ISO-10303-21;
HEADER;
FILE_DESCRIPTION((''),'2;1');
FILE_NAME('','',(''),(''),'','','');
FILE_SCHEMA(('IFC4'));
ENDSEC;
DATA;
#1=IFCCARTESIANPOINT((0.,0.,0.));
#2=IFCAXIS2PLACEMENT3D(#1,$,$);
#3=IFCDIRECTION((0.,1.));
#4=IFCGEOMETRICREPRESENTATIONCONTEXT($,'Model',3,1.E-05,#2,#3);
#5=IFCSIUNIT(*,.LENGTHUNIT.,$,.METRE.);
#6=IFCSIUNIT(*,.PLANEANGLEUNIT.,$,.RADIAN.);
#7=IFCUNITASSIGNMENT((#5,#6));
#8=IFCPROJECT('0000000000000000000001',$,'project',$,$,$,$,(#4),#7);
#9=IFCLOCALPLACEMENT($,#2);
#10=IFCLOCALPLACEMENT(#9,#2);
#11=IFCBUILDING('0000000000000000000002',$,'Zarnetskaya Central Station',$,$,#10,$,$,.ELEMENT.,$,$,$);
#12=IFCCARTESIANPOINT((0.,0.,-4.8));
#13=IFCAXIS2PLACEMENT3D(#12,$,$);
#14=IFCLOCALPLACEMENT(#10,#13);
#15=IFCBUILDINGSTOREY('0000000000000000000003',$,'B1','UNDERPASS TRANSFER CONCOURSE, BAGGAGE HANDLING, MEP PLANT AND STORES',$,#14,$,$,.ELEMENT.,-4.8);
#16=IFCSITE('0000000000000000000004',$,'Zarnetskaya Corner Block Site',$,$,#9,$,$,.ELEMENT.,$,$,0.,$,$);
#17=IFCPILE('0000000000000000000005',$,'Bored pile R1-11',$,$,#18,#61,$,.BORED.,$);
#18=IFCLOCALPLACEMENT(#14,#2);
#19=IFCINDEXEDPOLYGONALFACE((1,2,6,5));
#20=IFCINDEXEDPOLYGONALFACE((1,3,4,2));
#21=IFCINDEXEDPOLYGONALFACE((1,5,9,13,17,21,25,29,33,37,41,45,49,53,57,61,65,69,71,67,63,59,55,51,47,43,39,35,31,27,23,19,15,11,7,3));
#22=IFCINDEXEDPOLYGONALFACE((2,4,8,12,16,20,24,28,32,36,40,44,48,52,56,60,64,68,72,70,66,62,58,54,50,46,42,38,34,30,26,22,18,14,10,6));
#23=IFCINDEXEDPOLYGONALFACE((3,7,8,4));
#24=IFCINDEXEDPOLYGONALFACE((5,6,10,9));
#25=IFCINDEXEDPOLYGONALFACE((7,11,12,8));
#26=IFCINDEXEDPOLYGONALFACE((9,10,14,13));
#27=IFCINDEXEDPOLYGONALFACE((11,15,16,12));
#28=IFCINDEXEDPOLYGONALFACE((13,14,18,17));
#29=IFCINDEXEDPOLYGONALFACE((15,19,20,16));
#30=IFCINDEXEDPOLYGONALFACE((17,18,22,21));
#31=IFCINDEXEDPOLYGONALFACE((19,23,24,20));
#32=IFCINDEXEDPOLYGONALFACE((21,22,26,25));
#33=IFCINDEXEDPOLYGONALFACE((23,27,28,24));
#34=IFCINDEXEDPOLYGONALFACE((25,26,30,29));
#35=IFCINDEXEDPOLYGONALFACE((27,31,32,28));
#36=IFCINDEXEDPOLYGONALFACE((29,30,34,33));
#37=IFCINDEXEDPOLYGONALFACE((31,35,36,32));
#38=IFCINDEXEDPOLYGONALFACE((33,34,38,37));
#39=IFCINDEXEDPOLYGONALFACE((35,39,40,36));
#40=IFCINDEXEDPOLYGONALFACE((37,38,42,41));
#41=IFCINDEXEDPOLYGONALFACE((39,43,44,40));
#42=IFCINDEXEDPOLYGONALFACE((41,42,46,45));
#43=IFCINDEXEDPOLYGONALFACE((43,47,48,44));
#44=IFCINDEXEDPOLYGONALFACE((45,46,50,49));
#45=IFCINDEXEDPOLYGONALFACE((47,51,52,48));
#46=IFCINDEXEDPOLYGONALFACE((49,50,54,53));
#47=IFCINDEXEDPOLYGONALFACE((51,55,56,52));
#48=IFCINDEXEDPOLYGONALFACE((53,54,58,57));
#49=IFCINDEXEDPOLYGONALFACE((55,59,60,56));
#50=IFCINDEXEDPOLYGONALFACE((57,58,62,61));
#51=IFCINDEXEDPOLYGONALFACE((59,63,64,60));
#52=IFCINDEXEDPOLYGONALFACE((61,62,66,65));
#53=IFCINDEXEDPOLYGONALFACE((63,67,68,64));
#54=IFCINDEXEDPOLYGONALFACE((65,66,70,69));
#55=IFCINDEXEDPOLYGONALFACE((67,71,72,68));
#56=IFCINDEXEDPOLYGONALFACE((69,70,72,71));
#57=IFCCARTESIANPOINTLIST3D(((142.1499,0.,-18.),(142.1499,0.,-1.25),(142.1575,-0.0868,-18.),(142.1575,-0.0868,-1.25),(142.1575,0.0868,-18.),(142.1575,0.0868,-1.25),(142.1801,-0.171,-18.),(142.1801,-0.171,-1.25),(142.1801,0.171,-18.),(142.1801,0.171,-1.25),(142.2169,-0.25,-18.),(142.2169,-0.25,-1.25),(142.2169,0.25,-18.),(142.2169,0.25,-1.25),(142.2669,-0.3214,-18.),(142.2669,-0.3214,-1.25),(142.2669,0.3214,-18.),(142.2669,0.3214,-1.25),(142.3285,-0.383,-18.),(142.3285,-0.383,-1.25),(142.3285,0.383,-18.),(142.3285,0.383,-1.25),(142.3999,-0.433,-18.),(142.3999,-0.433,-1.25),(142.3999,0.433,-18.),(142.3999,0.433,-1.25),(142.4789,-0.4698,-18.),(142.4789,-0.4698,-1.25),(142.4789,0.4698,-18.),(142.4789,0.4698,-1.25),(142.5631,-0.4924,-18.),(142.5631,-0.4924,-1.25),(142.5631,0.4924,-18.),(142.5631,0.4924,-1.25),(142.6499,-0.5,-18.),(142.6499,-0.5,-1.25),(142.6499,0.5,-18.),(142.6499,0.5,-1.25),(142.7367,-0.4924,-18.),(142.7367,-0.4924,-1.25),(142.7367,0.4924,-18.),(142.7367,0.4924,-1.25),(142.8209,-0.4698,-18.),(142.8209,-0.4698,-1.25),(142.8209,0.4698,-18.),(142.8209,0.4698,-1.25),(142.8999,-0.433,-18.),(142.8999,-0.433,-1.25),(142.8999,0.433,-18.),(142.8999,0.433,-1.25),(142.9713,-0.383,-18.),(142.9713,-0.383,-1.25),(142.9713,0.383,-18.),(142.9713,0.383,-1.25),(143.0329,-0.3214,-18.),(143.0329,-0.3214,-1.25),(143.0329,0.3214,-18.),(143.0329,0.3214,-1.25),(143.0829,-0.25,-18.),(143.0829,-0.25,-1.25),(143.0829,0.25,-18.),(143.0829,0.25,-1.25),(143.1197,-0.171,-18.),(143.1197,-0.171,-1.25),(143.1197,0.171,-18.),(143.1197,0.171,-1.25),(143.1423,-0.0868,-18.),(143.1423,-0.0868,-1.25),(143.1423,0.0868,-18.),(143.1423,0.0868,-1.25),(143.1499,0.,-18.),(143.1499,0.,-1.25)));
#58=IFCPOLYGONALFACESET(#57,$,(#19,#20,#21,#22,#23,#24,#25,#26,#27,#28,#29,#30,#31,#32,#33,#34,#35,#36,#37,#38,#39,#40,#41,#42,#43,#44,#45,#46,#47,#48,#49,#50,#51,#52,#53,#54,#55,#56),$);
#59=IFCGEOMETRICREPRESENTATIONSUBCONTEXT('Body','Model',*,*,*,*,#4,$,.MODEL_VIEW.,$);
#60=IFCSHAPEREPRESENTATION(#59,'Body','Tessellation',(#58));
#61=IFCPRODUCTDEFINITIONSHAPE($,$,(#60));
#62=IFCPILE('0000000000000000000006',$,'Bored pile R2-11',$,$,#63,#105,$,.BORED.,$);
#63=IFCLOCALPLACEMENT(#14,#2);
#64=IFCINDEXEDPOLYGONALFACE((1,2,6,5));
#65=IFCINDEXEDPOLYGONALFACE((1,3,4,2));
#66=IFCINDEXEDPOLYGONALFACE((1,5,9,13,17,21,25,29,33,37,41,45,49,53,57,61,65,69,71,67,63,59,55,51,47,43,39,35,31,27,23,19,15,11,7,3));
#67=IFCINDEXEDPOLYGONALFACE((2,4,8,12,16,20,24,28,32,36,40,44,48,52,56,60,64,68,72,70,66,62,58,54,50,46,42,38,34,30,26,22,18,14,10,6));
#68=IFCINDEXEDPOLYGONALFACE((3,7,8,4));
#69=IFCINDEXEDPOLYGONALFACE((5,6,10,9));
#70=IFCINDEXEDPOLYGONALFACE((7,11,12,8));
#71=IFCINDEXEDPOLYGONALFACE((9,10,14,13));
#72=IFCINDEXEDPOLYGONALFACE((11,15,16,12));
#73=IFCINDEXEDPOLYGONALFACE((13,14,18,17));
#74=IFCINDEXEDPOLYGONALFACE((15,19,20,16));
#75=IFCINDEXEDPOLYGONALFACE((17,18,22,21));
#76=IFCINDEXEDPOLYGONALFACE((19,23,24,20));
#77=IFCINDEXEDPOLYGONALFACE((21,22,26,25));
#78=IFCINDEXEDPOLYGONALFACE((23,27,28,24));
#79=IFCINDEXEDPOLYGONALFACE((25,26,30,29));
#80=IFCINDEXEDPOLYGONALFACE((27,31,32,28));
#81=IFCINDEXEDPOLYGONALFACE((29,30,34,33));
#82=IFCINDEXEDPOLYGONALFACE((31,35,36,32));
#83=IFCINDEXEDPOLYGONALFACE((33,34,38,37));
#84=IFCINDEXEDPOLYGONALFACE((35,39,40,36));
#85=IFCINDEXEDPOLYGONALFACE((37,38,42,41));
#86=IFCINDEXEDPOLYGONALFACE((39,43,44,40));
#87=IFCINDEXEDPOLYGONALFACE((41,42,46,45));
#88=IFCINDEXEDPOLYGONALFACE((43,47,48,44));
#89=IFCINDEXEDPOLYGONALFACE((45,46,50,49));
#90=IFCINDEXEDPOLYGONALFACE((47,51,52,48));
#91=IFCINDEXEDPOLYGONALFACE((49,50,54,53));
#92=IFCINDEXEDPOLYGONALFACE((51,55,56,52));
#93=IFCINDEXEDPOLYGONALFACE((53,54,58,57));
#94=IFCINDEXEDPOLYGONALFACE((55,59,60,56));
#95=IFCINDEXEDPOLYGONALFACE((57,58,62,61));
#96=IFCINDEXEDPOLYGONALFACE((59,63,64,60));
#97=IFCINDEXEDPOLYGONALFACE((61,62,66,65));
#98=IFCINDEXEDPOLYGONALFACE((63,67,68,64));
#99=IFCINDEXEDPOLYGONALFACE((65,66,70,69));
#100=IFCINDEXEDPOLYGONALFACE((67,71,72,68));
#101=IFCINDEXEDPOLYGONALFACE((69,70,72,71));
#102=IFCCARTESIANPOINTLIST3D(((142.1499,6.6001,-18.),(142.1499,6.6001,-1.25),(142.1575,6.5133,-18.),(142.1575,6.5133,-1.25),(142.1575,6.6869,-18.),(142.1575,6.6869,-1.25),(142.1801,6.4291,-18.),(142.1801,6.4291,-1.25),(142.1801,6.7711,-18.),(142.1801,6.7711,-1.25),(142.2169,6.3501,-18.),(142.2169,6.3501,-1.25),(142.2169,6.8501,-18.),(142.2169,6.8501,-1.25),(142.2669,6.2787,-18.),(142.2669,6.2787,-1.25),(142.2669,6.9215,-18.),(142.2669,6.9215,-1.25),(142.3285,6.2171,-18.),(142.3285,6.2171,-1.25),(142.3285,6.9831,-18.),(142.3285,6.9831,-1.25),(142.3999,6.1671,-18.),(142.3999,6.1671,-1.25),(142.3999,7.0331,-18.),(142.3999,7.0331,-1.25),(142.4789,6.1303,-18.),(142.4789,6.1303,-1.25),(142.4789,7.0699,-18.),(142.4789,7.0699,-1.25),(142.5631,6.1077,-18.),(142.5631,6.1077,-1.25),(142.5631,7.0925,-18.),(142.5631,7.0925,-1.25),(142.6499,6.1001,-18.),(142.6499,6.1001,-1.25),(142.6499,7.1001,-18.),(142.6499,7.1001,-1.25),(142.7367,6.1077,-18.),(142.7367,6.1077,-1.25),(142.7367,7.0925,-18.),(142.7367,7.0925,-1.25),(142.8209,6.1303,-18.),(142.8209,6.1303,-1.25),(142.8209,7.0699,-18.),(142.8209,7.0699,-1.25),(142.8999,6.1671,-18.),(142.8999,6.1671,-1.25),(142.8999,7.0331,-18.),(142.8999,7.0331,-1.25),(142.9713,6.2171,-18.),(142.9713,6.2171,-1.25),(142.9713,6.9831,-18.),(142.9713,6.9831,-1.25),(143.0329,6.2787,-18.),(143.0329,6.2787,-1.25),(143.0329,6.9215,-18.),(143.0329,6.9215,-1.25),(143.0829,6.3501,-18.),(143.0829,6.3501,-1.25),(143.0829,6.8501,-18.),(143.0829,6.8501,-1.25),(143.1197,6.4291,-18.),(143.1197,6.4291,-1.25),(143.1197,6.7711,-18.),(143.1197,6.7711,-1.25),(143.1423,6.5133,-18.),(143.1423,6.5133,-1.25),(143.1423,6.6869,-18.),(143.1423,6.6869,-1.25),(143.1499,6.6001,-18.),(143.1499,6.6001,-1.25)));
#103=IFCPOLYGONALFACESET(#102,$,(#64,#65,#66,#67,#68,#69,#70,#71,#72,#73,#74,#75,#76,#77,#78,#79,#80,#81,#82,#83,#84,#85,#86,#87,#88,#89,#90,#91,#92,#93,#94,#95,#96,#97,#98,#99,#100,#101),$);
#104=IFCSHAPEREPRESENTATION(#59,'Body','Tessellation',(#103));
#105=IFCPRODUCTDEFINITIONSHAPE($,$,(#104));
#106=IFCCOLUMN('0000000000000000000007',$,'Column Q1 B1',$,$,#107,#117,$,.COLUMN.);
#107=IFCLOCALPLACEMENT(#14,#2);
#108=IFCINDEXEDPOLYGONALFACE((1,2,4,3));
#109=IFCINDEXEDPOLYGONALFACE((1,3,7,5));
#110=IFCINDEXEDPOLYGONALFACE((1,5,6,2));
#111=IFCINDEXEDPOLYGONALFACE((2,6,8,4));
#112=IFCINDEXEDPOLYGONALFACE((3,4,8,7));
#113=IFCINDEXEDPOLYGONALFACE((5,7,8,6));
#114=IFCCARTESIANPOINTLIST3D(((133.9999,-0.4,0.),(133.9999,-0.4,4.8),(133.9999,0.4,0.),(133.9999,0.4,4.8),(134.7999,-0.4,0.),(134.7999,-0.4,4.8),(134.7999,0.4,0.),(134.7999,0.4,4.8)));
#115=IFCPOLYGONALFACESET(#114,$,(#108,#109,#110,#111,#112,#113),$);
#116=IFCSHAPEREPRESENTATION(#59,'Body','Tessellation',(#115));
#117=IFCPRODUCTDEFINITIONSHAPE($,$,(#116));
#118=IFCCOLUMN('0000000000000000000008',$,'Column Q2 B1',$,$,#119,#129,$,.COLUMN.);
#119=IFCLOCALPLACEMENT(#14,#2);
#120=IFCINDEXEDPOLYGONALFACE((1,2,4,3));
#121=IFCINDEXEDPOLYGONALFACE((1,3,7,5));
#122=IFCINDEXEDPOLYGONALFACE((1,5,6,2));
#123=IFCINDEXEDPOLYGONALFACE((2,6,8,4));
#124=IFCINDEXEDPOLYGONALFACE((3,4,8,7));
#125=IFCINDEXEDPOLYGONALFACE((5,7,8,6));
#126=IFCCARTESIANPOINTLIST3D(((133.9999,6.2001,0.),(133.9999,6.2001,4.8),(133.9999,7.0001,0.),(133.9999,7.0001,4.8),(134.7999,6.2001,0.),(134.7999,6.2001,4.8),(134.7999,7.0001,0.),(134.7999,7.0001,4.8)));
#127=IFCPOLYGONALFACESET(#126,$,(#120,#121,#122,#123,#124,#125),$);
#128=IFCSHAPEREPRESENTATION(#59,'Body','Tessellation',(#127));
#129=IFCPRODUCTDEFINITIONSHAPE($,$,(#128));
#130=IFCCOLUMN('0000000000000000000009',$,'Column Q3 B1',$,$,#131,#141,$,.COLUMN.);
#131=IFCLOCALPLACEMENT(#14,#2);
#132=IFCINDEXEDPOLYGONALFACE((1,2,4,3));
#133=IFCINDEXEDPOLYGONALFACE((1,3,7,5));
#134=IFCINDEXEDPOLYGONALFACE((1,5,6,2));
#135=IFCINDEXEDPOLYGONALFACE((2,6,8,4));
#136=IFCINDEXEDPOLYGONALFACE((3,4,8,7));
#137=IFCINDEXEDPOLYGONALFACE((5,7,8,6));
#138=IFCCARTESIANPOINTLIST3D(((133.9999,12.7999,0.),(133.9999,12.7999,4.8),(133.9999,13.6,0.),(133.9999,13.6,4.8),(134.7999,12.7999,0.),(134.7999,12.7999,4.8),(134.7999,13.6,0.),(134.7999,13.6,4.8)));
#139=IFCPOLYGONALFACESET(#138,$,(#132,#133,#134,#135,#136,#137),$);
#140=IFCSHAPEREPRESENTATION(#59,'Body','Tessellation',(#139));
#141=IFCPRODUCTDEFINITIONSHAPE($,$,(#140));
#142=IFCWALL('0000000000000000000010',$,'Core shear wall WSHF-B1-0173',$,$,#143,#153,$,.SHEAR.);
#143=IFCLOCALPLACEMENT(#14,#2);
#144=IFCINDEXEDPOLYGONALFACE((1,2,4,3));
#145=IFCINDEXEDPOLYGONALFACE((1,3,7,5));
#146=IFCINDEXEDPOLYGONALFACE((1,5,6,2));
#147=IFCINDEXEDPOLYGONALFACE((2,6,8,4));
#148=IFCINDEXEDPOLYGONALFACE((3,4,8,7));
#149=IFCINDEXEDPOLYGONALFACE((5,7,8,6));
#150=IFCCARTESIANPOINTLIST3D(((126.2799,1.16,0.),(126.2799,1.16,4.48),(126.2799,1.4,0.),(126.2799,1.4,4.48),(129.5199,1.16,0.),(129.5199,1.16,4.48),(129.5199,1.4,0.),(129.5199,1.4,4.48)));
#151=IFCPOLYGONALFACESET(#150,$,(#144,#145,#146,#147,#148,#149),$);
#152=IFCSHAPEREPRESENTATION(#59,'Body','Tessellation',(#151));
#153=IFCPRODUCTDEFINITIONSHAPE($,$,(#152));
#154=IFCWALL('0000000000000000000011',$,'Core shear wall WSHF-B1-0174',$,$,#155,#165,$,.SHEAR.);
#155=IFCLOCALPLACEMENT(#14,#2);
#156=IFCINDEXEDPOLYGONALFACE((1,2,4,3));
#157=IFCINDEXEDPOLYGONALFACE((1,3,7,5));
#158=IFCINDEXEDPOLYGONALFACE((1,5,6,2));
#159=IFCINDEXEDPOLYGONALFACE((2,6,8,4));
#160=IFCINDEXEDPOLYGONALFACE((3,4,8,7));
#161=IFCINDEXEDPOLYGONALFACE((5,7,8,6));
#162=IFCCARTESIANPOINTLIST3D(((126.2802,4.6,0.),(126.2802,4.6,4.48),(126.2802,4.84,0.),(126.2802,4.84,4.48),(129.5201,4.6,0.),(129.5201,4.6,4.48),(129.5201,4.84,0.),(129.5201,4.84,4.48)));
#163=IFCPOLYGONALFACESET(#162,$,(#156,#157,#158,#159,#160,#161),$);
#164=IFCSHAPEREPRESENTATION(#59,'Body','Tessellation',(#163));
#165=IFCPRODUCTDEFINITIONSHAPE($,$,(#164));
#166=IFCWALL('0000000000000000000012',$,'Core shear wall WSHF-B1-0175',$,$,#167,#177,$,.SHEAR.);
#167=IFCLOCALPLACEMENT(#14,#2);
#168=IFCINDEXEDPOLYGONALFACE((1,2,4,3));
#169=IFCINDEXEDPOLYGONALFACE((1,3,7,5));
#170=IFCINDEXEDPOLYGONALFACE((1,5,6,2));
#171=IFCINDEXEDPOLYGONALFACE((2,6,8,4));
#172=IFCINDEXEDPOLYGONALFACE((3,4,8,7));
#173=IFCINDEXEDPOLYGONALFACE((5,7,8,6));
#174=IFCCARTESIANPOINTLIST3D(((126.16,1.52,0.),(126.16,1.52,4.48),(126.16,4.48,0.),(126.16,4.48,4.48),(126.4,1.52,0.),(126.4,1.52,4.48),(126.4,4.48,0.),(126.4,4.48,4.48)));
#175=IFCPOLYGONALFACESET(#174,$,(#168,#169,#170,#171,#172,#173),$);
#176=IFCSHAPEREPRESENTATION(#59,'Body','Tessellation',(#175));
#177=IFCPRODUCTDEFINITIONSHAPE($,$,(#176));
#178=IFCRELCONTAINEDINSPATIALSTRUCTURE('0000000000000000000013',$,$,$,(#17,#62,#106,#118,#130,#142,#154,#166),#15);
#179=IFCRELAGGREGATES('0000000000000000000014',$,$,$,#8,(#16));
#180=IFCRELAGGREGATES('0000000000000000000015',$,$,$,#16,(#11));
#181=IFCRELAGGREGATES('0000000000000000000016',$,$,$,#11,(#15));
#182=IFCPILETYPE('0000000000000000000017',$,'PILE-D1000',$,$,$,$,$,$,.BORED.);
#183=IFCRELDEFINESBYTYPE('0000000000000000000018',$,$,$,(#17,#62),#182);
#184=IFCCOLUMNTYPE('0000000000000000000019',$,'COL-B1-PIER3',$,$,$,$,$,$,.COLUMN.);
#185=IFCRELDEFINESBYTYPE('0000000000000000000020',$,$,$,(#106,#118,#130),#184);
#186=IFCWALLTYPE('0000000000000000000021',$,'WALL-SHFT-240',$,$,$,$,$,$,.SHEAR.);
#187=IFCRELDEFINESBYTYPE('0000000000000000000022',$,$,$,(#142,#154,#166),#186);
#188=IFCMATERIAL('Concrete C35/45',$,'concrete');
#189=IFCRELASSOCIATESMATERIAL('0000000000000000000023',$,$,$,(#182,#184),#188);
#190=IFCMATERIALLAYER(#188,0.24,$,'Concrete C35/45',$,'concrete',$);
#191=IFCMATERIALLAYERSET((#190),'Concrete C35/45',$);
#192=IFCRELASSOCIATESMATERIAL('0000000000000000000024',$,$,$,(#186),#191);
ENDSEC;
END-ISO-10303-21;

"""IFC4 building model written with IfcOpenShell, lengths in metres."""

from ifc_helpers import new_model, si_unit, direction, frame, frame_2d, origin, origin_2d, place, context, subcontext, project, spatial, rectangle, circle, extrude, material, layer, layer_set, material_profile, profile_set, type_object, element, save


model = new_model("IFC4")

# Units and contexts
model_context = context("Model", 3, precision=1e-05, world=origin(), true_north=direction((0.0, 1.0)))
body_context = subcontext(model_context, "Body", "Model", "MODEL_VIEW")
ifc_project = project(units=[si_unit("LENGTHUNIT", "METRE"), si_unit("PLANEANGLEUNIT", "RADIAN")], contexts=[model_context])

# Site, building, storey
site_placement = place(None, origin())
site = spatial("IfcSite", under=ifc_project, at=site_placement, Name="Zarnetskaya Corner Block Site", CompositionType="ELEMENT", RefElevation=0.0)
building_placement = place(site_placement, origin())
building = spatial("IfcBuilding", under=site, at=building_placement, Name="Zarnetskaya Central Station", CompositionType="ELEMENT")
storey_placement = place(building_placement, frame((0.0, 0.0, -4.8)))
storey = spatial("IfcBuildingStorey", under=building, at=storey_placement, Name="B1", Description="UNDERPASS TRANSFER CONCOURSE, BAGGAGE HANDLING, MEP PLANT AND STORES", CompositionType="ELEMENT", Elevation=-4.8)

# Shared definitions
ifc_material_1 = material(Name="Concrete C35/45", Category="concrete")

# Piles
ifc_material_profile_1 = material_profile(ifc_material_1, circle(Radius=0.5, at=origin_2d()), Name="BORED PILE D1000")
ifc_profile_set_1 = profile_set([ifc_material_profile_1], Name="Concrete C35/45")
pile_type = type_object("IfcPileType", Name="PILE-D1000", PredefinedType="BORED", material=ifc_profile_set_1)
for number, where, z_axis, x_axis, name in (
    (1, (142.6499, 0.0, -1.25), (0.0, 0.0, -1.0), (1.0, 0.0, 0.0), "Bored pile R1-11"),
    (2, (142.6499, 6.6001, -1.25), (0.0, 0.0, -1.0), (1.0, 0.0, 0.0), "Bored pile R2-11"),
):
    element("IfcPile", number, at=place(storey_placement, frame(where, z_axis=z_axis, x_axis=x_axis)), inside=storey, type_object=pile_type, Name=name, PredefinedType="BORED", context=body_context, shape_type="SweptSolid", body=[
        extrude(circle(Radius=0.5, at=origin_2d()), origin(), (0.0, 0.0, 1.0), 16.75),
    ])

# Columns
ifc_material_profile_2 = material_profile(ifc_material_1, rectangle(XDim=0.8, YDim=0.8, at=origin_2d()), Name="RC 800x800")
ifc_profile_set_2 = profile_set([ifc_material_profile_2], Name="Concrete C35/45")
column_type = type_object("IfcColumnType", Name="COL-B1-PIER3", PredefinedType="COLUMN", material=ifc_profile_set_2)
for number, where, z_axis, x_axis, name in (
    (3, (134.3999, 0.0, 0.0), (0.0, 0.0, 1.0), (1.0, 0.0, 0.0), "Column Q1 B1"),
    (4, (134.3999, 6.6001, 0.0), (0.0, 0.0, 1.0), (1.0, 0.0, 0.0), "Column Q2 B1"),
    (5, (134.3999, 13.2, 0.0), (0.0, 0.0, 1.0), (1.0, 0.0, 0.0), "Column Q3 B1"),
):
    element("IfcColumn", number, at=place(storey_placement, frame(where, z_axis=z_axis, x_axis=x_axis)), inside=storey, type_object=column_type, Name=name, PredefinedType="COLUMN", context=body_context, shape_type="SweptSolid", body=[
        extrude(rectangle(XDim=0.8, YDim=0.8, at=origin_2d()), origin(), (0.0, 0.0, 1.0), 4.8),
    ])

# Walls
ifc_layer = layer(ifc_material_1, 0.24, Name="Concrete C35/45", Category="concrete")
ifc_layer_set = layer_set([ifc_layer], Name="Concrete C35/45")
wall_type = type_object("IfcWallType", Name="WALL-SHFT-240", PredefinedType="SHEAR", material=ifc_layer_set)
for number, where, z_axis, x_axis, name in (
    (6, (129.52, 1.28, 0.0), (0.0, 0.0, 1.0), (-1.0, 0.0, 0.0), "Core shear wall WSHF-B1-0173"),
    (7, (126.28, 4.72, 0.0), (0.0, 0.0, 1.0), (1.0, 0.0, 0.0), "Core shear wall WSHF-B1-0174"),
):
    element("IfcWall", number, at=place(storey_placement, frame(where, z_axis=z_axis, x_axis=x_axis)), inside=storey, type_object=wall_type, Name=name, PredefinedType="SHEAR", context=body_context, shape_type="SweptSolid", body=[
        extrude(rectangle(XDim=3.24, YDim=0.24, at=frame_2d((1.6201, 0.0))), origin(), (0.0, 0.0, 1.0), 4.48),
    ])
wall_1_placement = place(storey_placement, frame((126.28, 1.52, 0.0), z_axis=(0.0, 0.0, 1.0), x_axis=(0.0, 1.0, 0.0)))
element("IfcWall", 8, at=wall_1_placement, inside=storey, type_object=wall_type, Name="Core shear wall WSHF-B1-0175", PredefinedType="SHEAR", context=body_context, shape_type="SweptSolid", body=[
    extrude(rectangle(XDim=2.96, YDim=0.24, at=frame_2d((1.48, 0.0))), origin(), (0.0, 0.0, 1.0), 4.48),
])

save(model, "model.ifc")
